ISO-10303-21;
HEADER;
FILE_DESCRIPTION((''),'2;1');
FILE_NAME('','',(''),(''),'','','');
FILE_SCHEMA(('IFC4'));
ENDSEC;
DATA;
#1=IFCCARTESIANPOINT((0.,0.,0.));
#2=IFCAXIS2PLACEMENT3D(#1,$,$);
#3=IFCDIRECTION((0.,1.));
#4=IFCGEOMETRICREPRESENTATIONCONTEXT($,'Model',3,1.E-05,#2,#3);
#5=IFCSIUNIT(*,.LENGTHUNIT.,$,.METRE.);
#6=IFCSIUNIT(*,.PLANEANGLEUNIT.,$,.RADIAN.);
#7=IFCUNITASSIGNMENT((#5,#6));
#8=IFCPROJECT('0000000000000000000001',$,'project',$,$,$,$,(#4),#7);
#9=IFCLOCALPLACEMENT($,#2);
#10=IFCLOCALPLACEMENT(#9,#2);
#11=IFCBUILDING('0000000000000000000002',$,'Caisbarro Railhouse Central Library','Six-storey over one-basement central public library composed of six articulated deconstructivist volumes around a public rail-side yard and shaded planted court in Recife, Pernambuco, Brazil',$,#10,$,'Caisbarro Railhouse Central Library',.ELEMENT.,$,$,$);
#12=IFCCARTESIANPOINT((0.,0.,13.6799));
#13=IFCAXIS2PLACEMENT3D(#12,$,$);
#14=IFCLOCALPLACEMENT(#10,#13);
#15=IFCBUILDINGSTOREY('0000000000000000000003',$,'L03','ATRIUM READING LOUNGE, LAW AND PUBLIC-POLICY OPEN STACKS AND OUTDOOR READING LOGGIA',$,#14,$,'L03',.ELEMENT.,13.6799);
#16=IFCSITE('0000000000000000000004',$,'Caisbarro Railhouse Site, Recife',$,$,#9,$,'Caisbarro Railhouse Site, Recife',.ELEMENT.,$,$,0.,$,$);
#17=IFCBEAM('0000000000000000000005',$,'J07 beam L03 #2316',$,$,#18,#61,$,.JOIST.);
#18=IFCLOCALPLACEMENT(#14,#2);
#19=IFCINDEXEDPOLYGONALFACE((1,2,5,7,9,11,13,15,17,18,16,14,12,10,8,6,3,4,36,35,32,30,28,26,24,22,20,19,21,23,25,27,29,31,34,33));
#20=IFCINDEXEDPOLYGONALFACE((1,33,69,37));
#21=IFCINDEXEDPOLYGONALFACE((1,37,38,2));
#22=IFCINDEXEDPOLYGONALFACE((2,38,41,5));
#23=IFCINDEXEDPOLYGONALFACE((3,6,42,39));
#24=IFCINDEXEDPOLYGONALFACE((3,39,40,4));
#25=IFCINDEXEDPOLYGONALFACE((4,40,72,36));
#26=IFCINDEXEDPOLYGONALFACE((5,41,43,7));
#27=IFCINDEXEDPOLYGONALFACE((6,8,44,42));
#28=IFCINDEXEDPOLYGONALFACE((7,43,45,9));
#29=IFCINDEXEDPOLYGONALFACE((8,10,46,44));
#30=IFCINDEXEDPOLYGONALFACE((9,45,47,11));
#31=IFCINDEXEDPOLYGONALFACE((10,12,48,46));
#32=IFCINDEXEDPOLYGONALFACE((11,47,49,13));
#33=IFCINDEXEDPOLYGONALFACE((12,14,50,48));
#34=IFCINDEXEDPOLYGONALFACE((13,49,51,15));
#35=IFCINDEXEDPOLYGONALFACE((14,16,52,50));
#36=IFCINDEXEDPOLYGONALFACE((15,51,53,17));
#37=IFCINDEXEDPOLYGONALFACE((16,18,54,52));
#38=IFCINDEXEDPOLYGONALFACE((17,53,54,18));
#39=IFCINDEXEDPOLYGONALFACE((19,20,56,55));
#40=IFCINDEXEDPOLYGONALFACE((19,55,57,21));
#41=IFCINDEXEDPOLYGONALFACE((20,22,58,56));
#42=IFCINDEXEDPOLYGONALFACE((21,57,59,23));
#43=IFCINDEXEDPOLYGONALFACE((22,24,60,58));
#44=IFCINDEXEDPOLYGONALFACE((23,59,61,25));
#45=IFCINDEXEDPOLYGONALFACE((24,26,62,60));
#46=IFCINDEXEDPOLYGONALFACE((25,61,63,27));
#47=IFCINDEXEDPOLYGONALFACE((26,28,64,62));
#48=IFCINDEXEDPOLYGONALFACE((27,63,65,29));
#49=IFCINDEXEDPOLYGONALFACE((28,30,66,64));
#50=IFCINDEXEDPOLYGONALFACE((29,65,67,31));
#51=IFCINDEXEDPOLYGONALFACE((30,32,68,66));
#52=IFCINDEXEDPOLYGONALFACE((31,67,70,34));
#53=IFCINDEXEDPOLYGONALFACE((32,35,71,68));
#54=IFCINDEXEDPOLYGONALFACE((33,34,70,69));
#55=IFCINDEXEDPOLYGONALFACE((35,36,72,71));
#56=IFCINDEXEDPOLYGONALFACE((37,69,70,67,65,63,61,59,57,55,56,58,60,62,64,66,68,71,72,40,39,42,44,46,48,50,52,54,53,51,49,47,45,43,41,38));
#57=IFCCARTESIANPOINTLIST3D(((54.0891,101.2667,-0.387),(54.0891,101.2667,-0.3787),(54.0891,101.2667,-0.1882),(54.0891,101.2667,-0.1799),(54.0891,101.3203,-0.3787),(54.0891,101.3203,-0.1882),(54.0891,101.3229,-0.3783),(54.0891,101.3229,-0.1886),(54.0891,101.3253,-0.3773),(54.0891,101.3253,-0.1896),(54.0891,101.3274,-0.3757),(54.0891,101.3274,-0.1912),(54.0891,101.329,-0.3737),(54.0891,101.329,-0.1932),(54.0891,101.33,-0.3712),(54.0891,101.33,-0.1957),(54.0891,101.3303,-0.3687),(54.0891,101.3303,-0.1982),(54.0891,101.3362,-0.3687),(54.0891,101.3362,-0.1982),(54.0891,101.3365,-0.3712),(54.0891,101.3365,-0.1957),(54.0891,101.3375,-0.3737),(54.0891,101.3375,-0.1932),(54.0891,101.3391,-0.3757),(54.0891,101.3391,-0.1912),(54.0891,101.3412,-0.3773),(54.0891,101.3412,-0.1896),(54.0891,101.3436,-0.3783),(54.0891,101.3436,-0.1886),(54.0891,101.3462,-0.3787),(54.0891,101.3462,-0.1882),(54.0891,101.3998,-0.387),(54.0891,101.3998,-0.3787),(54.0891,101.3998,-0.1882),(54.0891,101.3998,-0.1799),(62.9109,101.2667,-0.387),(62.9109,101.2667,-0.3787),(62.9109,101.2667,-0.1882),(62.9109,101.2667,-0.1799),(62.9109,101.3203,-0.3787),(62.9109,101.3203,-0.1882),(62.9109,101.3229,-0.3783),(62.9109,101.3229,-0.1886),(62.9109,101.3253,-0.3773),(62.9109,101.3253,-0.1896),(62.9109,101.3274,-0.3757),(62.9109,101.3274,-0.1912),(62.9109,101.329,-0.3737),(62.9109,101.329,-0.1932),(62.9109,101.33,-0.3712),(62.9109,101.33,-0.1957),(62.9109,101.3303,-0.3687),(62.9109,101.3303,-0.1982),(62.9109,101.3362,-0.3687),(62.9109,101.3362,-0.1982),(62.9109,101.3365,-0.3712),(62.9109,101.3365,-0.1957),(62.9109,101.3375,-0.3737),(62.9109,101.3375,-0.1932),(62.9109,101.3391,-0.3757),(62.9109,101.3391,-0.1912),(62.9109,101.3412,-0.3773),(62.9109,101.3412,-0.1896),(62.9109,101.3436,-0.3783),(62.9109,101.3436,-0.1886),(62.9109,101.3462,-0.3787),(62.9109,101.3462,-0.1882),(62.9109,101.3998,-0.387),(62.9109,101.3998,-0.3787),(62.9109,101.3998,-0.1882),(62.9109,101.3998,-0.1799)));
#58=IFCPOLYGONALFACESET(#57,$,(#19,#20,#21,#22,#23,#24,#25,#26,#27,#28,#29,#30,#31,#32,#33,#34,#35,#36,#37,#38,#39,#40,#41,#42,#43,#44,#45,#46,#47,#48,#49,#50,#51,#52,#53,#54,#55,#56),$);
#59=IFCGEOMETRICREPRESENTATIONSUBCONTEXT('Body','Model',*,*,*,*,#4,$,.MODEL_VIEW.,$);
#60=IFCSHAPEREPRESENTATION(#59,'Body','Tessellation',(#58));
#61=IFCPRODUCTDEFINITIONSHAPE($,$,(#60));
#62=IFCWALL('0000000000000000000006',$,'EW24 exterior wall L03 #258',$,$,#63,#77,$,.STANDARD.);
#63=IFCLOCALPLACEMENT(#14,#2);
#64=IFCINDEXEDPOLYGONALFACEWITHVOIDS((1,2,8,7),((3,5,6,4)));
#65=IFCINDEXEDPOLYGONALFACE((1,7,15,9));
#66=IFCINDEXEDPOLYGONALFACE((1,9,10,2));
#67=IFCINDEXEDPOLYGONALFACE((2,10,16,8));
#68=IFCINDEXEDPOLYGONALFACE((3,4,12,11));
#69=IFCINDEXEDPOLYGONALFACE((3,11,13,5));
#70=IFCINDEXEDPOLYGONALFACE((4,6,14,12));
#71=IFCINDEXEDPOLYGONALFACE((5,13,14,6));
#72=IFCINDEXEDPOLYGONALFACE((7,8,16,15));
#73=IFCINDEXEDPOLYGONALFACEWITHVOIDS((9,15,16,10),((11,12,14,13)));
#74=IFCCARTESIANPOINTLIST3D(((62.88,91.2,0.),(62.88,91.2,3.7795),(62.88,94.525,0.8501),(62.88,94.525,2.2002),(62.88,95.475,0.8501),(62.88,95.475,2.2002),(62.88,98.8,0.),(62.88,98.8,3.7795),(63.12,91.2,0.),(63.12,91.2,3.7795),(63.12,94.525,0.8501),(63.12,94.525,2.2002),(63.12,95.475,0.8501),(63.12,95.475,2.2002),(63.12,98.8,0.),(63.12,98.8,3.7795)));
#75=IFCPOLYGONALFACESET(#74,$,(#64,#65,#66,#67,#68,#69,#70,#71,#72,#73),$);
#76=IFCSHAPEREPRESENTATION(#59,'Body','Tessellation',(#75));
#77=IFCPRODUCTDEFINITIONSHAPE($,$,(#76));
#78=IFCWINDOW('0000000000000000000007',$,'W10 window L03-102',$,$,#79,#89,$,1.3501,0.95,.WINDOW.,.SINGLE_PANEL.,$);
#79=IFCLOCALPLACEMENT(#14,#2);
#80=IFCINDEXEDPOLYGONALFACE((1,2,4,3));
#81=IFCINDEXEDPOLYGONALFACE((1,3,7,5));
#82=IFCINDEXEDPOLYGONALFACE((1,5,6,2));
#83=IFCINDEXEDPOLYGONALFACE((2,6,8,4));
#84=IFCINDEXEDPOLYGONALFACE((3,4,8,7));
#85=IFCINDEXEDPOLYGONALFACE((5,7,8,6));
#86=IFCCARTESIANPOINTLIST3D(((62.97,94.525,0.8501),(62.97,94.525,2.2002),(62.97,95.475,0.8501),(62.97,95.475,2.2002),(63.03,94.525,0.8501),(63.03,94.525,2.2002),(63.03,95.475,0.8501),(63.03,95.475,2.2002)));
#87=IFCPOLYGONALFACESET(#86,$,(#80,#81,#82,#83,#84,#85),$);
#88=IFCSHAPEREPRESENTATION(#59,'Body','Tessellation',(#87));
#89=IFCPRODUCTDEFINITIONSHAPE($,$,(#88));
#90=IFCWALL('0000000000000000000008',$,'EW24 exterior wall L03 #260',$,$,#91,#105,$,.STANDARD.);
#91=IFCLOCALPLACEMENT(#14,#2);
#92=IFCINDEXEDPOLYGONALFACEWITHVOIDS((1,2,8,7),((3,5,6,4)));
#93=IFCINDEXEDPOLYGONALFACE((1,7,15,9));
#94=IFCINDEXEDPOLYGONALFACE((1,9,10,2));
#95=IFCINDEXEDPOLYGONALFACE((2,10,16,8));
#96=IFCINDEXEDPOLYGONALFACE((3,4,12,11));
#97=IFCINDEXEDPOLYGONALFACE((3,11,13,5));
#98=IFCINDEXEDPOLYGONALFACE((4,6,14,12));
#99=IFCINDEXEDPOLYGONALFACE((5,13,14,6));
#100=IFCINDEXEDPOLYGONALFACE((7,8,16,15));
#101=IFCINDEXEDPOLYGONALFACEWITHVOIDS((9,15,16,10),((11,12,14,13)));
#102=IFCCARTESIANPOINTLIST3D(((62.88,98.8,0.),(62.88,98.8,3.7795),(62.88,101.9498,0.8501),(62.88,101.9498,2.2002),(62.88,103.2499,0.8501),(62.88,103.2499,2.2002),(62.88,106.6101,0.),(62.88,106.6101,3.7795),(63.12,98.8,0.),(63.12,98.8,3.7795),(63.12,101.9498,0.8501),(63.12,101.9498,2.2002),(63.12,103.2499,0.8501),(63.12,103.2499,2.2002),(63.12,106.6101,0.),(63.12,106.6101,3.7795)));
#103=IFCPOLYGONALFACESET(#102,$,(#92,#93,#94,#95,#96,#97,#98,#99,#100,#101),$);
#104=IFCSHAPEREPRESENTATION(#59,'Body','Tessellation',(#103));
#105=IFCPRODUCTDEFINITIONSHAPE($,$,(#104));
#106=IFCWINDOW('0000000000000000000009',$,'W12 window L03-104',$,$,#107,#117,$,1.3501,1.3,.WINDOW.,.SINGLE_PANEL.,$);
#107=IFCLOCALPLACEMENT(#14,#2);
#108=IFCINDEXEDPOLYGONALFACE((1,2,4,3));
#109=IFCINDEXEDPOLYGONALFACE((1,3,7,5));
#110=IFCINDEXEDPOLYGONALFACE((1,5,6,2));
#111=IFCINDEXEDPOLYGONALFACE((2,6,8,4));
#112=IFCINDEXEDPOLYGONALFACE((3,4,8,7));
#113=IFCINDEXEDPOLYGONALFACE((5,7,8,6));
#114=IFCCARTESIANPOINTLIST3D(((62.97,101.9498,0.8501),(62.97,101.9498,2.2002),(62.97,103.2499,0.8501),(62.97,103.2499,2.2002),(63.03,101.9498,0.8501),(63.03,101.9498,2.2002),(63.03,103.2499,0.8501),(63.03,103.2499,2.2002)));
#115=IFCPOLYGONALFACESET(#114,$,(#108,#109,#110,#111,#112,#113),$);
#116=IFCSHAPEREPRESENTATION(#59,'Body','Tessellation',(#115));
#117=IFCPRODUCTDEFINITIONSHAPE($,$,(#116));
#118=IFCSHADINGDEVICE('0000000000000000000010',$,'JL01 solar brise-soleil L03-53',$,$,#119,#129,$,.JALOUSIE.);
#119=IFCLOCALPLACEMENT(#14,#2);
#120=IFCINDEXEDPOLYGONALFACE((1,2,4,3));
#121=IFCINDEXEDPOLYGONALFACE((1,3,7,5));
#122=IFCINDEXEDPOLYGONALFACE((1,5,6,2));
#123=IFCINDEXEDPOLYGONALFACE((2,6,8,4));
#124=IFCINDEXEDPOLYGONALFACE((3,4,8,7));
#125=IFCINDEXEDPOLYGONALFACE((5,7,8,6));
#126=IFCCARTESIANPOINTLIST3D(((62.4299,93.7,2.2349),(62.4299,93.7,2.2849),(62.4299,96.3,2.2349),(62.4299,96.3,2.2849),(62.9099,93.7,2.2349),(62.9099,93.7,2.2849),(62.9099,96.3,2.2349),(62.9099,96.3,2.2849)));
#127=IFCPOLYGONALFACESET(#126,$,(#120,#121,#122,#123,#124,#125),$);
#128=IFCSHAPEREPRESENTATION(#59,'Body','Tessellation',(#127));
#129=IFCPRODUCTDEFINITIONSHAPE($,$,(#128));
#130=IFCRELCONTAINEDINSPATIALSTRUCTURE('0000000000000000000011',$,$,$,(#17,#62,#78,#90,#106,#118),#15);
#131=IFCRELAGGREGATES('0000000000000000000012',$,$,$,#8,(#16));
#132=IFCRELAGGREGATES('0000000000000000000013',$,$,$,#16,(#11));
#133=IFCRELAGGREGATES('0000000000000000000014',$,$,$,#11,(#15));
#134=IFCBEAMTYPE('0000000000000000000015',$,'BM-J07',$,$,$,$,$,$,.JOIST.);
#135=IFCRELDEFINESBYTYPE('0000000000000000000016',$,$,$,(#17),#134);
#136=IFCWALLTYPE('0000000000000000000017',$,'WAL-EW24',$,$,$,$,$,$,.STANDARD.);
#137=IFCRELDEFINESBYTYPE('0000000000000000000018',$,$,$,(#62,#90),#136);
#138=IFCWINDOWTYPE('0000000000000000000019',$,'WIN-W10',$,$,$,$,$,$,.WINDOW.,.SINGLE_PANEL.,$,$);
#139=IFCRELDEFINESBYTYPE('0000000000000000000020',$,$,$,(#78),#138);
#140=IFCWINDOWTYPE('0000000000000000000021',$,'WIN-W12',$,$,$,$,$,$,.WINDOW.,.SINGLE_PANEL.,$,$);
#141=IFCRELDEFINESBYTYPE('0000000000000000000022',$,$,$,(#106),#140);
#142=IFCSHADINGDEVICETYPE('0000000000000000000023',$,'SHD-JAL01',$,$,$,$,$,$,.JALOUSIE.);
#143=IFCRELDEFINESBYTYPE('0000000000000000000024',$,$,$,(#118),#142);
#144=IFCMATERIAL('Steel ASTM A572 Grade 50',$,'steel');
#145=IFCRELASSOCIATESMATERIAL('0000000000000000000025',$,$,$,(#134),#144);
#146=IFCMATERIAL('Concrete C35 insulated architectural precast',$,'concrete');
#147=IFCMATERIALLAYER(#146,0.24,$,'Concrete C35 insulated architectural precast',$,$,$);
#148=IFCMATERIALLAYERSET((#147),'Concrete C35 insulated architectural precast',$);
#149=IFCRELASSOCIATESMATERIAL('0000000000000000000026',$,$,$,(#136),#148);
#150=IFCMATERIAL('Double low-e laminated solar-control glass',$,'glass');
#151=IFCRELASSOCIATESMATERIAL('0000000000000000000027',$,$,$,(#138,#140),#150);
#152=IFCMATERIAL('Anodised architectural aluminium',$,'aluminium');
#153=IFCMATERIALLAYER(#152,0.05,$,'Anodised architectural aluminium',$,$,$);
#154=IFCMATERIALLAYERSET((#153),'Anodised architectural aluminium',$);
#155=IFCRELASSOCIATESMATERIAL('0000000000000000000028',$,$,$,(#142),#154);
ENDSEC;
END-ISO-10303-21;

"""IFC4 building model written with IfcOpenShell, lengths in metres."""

from ifc_helpers import new_model, si_unit, direction, frame, frame_2d, origin, origin_2d, place, context, subcontext, project, spatial, rectangle, i_section, extrude, material, layer, layer_set, material_profile, profile_set, type_object, element, fill, save


model = new_model("IFC4")

# Units and contexts
model_context = context("Model", 3, precision=1e-05, world=origin(), true_north=direction((0.0, 1.0)))
body_context = subcontext(model_context, "Body", "Model", "MODEL_VIEW")
ifc_project = project(units=[si_unit("LENGTHUNIT", "METRE"), si_unit("PLANEANGLEUNIT", "RADIAN")], contexts=[model_context])

# Site, building, storey
site_placement = place(None, origin())
site = spatial("IfcSite", under=ifc_project, at=site_placement, Name="Caisbarro Railhouse Site, Recife", LongName="Caisbarro Railhouse Site, Recife", CompositionType="ELEMENT", RefElevation=0.0)
building_placement = place(site_placement, origin())
building = spatial("IfcBuilding", under=site, at=building_placement, Name="Caisbarro Railhouse Central Library", Description="Six-storey over one-basement central public library composed of six articulated deconstructivist volumes around a public rail-side yard and shaded planted court in Recife, Pernambuco, Brazil", LongName="Caisbarro Railhouse Central Library", CompositionType="ELEMENT")
storey_placement = place(building_placement, frame((0.0, 0.0, 13.6799)))
storey = spatial("IfcBuildingStorey", under=building, at=storey_placement, Name="L03", Description="ATRIUM READING LOUNGE, LAW AND PUBLIC-POLICY OPEN STACKS AND OUTDOOR READING LOGGIA", LongName="L03", CompositionType="ELEMENT", Elevation=13.6799)

# Shared definitions
ifc_material_1 = material(Name="Steel ASTM A572 Grade 50", Category="steel")

# Beam
ifc_material_profile_1 = material_profile(ifc_material_1, i_section(OverallWidth=0.1331, OverallDepth=0.207, WebThickness=0.0059, FlangeThickness=0.0083, FilletRadius=0.01, at=origin_2d()), Name="W200X26.6")
ifc_profile_set_1 = profile_set([ifc_material_profile_1], Name="Steel ASTM A572 Grade 50")
beam_type_1 = type_object("IfcBeamType", Name="BM-J07", PredefinedType="JOIST", material=ifc_profile_set_1)
for number, where, z_axis, x_axis, name in (
    (1, (54.0891, 101.3333, -0.2834), (1.0, 0.0, 0.0), (0.0, 1.0, 0.0), "J07 beam L03 #2316"),
):
    element("IfcBeam", number, at=place(storey_placement, frame(where, z_axis=z_axis, x_axis=x_axis)), inside=storey, type_object=beam_type_1, Name=name, PredefinedType="JOIST", context=body_context, shape_type="SweptSolid", body=[
        extrude(i_section(OverallWidth=0.1331, OverallDepth=0.207, WebThickness=0.0059, FlangeThickness=0.0083, FilletRadius=0.01, at=origin_2d()), origin(), (0.0, 0.0, 1.0), 8.8218),
    ])

# Walls, openings, windows
ifc_material_2 = material(Name="Concrete C35 insulated architectural precast", Category="concrete")
ifc_layer_1 = layer(ifc_material_2, 0.24, Name="Concrete C35 insulated architectural precast")
ifc_layer_set_1 = layer_set([ifc_layer_1], Name="Concrete C35 insulated architectural precast")
wall_type = type_object("IfcWallType", Name="WAL-EW24", PredefinedType="STANDARD", material=ifc_layer_set_1)
wall_1_placement = place(storey_placement, frame((63.0, 91.2, 0.0), z_axis=(0.0, 0.0, 1.0), x_axis=(0.0, 1.0, 0.0)))
wall_1 = element("IfcWall", 2, at=wall_1_placement, inside=storey, type_object=wall_type, Name="EW24 exterior wall L03 #258", PredefinedType="STANDARD", context=body_context, shape_type="SweptSolid", body=[
    extrude(rectangle(XDim=7.6001, YDim=0.24, at=frame_2d((3.8, 0.0))), origin(), (0.0, 0.0, 1.0), 3.7795),
])
opening_1_placement = place(wall_1_placement, frame((3.325, 0.0, 0.8501)))
opening_1 = element("IfcOpeningElement", 3, at=opening_1_placement, cuts=wall_1, PredefinedType="OPENING", context=body_context, shape_type="SweptSolid", body=[
    extrude(rectangle(XDim=0.95, YDim=1.3501, at=frame_2d((0.4751, 0.675))), frame((0.0, 0.1299, 0.0), z_axis=(0.0, -1.0, 0.0), x_axis=(1.0, 0.0, 0.0)), (0.0, 0.0, 1.0), 0.26),
])
ifc_material_3 = material(Name="Double low-e laminated solar-control glass", Category="glass")
window_type_1 = type_object("IfcWindowType", Name="WIN-W10", PartitioningType="SINGLE_PANEL", PredefinedType="WINDOW", material=ifc_material_3)
window_1_placement = place(opening_1_placement, origin())
window_1 = element("IfcWindow", 4, at=window_1_placement, inside=storey, type_object=window_type_1, Name="W10 window L03-102", OverallHeight=1.3501, OverallWidth=0.95, PartitioningType="SINGLE_PANEL", PredefinedType="WINDOW", context=body_context, shape_type="SweptSolid", body=[
    extrude(rectangle(XDim=0.95, YDim=1.3501, at=frame_2d((0.4751, 0.675))), frame((0.0, 0.03, 0.0), z_axis=(0.0, -1.0, 0.0), x_axis=(1.0, 0.0, 0.0)), (0.0, 0.0, 1.0), 0.0601),
])
fill(opening_1, window_1)
wall_2_placement = place(storey_placement, frame((63.0, 98.8, 0.0), z_axis=(0.0, 0.0, 1.0), x_axis=(0.0, 1.0, 0.0)))
wall_2 = element("IfcWall", 5, at=wall_2_placement, inside=storey, type_object=wall_type, Name="EW24 exterior wall L03 #260", PredefinedType="STANDARD", context=body_context, shape_type="SweptSolid", body=[
    extrude(rectangle(XDim=7.8101, YDim=0.24, at=frame_2d((3.905, 0.0))), origin(), (0.0, 0.0, 1.0), 3.7795),
])
opening_2_placement = place(wall_2_placement, frame((3.1499, 0.0, 0.8501)))
opening_2 = element("IfcOpeningElement", 6, at=opening_2_placement, cuts=wall_2, PredefinedType="OPENING", context=body_context, shape_type="SweptSolid", body=[
    extrude(rectangle(XDim=1.3, YDim=1.3501, at=frame_2d((0.6499, 0.675))), frame((0.0, 0.1299, 0.0), z_axis=(0.0, -1.0, 0.0), x_axis=(1.0, 0.0, 0.0)), (0.0, 0.0, 1.0), 0.26),
])
window_type_2 = type_object("IfcWindowType", Name="WIN-W12", PartitioningType="SINGLE_PANEL", PredefinedType="WINDOW", material=ifc_material_3)
window_2_placement = place(opening_2_placement, origin())
window_2 = element("IfcWindow", 7, at=window_2_placement, inside=storey, type_object=window_type_2, Name="W12 window L03-104", OverallHeight=1.3501, OverallWidth=1.3, PartitioningType="SINGLE_PANEL", PredefinedType="WINDOW", context=body_context, shape_type="SweptSolid", body=[
    extrude(rectangle(XDim=1.3, YDim=1.3501, at=frame_2d((0.6499, 0.675))), frame((0.0, 0.03, 0.0), z_axis=(0.0, -1.0, 0.0), x_axis=(1.0, 0.0, 0.0)), (0.0, 0.0, 1.0), 0.0601),
])
fill(opening_2, window_2)

# Shading device
ifc_material_4 = material(Name="Anodised architectural aluminium", Category="aluminium")
ifc_layer_2 = layer(ifc_material_4, 0.05, Name="Anodised architectural aluminium")
ifc_layer_set_2 = layer_set([ifc_layer_2], Name="Anodised architectural aluminium")
shading_device_type = type_object("IfcShadingDeviceType", Name="SHD-JAL01", PredefinedType="JALOUSIE", material=ifc_layer_set_2)
shading_device_placement = place(storey_placement, frame((62.6699, 95.0, 2.2349), z_axis=(0.0, 0.0, 1.0), x_axis=(0.0, 1.0, 0.0)))
element("IfcShadingDevice", 8, at=shading_device_placement, inside=storey, type_object=shading_device_type, Name="JL01 solar brise-soleil L03-53", PredefinedType="JALOUSIE", context=body_context, shape_type="SweptSolid", body=[
    extrude(rectangle(XDim=2.6001, YDim=0.48, at=origin_2d()), origin(), (0.0, 0.0, 1.0), 0.05),
])

save(model, "model.ifc")
